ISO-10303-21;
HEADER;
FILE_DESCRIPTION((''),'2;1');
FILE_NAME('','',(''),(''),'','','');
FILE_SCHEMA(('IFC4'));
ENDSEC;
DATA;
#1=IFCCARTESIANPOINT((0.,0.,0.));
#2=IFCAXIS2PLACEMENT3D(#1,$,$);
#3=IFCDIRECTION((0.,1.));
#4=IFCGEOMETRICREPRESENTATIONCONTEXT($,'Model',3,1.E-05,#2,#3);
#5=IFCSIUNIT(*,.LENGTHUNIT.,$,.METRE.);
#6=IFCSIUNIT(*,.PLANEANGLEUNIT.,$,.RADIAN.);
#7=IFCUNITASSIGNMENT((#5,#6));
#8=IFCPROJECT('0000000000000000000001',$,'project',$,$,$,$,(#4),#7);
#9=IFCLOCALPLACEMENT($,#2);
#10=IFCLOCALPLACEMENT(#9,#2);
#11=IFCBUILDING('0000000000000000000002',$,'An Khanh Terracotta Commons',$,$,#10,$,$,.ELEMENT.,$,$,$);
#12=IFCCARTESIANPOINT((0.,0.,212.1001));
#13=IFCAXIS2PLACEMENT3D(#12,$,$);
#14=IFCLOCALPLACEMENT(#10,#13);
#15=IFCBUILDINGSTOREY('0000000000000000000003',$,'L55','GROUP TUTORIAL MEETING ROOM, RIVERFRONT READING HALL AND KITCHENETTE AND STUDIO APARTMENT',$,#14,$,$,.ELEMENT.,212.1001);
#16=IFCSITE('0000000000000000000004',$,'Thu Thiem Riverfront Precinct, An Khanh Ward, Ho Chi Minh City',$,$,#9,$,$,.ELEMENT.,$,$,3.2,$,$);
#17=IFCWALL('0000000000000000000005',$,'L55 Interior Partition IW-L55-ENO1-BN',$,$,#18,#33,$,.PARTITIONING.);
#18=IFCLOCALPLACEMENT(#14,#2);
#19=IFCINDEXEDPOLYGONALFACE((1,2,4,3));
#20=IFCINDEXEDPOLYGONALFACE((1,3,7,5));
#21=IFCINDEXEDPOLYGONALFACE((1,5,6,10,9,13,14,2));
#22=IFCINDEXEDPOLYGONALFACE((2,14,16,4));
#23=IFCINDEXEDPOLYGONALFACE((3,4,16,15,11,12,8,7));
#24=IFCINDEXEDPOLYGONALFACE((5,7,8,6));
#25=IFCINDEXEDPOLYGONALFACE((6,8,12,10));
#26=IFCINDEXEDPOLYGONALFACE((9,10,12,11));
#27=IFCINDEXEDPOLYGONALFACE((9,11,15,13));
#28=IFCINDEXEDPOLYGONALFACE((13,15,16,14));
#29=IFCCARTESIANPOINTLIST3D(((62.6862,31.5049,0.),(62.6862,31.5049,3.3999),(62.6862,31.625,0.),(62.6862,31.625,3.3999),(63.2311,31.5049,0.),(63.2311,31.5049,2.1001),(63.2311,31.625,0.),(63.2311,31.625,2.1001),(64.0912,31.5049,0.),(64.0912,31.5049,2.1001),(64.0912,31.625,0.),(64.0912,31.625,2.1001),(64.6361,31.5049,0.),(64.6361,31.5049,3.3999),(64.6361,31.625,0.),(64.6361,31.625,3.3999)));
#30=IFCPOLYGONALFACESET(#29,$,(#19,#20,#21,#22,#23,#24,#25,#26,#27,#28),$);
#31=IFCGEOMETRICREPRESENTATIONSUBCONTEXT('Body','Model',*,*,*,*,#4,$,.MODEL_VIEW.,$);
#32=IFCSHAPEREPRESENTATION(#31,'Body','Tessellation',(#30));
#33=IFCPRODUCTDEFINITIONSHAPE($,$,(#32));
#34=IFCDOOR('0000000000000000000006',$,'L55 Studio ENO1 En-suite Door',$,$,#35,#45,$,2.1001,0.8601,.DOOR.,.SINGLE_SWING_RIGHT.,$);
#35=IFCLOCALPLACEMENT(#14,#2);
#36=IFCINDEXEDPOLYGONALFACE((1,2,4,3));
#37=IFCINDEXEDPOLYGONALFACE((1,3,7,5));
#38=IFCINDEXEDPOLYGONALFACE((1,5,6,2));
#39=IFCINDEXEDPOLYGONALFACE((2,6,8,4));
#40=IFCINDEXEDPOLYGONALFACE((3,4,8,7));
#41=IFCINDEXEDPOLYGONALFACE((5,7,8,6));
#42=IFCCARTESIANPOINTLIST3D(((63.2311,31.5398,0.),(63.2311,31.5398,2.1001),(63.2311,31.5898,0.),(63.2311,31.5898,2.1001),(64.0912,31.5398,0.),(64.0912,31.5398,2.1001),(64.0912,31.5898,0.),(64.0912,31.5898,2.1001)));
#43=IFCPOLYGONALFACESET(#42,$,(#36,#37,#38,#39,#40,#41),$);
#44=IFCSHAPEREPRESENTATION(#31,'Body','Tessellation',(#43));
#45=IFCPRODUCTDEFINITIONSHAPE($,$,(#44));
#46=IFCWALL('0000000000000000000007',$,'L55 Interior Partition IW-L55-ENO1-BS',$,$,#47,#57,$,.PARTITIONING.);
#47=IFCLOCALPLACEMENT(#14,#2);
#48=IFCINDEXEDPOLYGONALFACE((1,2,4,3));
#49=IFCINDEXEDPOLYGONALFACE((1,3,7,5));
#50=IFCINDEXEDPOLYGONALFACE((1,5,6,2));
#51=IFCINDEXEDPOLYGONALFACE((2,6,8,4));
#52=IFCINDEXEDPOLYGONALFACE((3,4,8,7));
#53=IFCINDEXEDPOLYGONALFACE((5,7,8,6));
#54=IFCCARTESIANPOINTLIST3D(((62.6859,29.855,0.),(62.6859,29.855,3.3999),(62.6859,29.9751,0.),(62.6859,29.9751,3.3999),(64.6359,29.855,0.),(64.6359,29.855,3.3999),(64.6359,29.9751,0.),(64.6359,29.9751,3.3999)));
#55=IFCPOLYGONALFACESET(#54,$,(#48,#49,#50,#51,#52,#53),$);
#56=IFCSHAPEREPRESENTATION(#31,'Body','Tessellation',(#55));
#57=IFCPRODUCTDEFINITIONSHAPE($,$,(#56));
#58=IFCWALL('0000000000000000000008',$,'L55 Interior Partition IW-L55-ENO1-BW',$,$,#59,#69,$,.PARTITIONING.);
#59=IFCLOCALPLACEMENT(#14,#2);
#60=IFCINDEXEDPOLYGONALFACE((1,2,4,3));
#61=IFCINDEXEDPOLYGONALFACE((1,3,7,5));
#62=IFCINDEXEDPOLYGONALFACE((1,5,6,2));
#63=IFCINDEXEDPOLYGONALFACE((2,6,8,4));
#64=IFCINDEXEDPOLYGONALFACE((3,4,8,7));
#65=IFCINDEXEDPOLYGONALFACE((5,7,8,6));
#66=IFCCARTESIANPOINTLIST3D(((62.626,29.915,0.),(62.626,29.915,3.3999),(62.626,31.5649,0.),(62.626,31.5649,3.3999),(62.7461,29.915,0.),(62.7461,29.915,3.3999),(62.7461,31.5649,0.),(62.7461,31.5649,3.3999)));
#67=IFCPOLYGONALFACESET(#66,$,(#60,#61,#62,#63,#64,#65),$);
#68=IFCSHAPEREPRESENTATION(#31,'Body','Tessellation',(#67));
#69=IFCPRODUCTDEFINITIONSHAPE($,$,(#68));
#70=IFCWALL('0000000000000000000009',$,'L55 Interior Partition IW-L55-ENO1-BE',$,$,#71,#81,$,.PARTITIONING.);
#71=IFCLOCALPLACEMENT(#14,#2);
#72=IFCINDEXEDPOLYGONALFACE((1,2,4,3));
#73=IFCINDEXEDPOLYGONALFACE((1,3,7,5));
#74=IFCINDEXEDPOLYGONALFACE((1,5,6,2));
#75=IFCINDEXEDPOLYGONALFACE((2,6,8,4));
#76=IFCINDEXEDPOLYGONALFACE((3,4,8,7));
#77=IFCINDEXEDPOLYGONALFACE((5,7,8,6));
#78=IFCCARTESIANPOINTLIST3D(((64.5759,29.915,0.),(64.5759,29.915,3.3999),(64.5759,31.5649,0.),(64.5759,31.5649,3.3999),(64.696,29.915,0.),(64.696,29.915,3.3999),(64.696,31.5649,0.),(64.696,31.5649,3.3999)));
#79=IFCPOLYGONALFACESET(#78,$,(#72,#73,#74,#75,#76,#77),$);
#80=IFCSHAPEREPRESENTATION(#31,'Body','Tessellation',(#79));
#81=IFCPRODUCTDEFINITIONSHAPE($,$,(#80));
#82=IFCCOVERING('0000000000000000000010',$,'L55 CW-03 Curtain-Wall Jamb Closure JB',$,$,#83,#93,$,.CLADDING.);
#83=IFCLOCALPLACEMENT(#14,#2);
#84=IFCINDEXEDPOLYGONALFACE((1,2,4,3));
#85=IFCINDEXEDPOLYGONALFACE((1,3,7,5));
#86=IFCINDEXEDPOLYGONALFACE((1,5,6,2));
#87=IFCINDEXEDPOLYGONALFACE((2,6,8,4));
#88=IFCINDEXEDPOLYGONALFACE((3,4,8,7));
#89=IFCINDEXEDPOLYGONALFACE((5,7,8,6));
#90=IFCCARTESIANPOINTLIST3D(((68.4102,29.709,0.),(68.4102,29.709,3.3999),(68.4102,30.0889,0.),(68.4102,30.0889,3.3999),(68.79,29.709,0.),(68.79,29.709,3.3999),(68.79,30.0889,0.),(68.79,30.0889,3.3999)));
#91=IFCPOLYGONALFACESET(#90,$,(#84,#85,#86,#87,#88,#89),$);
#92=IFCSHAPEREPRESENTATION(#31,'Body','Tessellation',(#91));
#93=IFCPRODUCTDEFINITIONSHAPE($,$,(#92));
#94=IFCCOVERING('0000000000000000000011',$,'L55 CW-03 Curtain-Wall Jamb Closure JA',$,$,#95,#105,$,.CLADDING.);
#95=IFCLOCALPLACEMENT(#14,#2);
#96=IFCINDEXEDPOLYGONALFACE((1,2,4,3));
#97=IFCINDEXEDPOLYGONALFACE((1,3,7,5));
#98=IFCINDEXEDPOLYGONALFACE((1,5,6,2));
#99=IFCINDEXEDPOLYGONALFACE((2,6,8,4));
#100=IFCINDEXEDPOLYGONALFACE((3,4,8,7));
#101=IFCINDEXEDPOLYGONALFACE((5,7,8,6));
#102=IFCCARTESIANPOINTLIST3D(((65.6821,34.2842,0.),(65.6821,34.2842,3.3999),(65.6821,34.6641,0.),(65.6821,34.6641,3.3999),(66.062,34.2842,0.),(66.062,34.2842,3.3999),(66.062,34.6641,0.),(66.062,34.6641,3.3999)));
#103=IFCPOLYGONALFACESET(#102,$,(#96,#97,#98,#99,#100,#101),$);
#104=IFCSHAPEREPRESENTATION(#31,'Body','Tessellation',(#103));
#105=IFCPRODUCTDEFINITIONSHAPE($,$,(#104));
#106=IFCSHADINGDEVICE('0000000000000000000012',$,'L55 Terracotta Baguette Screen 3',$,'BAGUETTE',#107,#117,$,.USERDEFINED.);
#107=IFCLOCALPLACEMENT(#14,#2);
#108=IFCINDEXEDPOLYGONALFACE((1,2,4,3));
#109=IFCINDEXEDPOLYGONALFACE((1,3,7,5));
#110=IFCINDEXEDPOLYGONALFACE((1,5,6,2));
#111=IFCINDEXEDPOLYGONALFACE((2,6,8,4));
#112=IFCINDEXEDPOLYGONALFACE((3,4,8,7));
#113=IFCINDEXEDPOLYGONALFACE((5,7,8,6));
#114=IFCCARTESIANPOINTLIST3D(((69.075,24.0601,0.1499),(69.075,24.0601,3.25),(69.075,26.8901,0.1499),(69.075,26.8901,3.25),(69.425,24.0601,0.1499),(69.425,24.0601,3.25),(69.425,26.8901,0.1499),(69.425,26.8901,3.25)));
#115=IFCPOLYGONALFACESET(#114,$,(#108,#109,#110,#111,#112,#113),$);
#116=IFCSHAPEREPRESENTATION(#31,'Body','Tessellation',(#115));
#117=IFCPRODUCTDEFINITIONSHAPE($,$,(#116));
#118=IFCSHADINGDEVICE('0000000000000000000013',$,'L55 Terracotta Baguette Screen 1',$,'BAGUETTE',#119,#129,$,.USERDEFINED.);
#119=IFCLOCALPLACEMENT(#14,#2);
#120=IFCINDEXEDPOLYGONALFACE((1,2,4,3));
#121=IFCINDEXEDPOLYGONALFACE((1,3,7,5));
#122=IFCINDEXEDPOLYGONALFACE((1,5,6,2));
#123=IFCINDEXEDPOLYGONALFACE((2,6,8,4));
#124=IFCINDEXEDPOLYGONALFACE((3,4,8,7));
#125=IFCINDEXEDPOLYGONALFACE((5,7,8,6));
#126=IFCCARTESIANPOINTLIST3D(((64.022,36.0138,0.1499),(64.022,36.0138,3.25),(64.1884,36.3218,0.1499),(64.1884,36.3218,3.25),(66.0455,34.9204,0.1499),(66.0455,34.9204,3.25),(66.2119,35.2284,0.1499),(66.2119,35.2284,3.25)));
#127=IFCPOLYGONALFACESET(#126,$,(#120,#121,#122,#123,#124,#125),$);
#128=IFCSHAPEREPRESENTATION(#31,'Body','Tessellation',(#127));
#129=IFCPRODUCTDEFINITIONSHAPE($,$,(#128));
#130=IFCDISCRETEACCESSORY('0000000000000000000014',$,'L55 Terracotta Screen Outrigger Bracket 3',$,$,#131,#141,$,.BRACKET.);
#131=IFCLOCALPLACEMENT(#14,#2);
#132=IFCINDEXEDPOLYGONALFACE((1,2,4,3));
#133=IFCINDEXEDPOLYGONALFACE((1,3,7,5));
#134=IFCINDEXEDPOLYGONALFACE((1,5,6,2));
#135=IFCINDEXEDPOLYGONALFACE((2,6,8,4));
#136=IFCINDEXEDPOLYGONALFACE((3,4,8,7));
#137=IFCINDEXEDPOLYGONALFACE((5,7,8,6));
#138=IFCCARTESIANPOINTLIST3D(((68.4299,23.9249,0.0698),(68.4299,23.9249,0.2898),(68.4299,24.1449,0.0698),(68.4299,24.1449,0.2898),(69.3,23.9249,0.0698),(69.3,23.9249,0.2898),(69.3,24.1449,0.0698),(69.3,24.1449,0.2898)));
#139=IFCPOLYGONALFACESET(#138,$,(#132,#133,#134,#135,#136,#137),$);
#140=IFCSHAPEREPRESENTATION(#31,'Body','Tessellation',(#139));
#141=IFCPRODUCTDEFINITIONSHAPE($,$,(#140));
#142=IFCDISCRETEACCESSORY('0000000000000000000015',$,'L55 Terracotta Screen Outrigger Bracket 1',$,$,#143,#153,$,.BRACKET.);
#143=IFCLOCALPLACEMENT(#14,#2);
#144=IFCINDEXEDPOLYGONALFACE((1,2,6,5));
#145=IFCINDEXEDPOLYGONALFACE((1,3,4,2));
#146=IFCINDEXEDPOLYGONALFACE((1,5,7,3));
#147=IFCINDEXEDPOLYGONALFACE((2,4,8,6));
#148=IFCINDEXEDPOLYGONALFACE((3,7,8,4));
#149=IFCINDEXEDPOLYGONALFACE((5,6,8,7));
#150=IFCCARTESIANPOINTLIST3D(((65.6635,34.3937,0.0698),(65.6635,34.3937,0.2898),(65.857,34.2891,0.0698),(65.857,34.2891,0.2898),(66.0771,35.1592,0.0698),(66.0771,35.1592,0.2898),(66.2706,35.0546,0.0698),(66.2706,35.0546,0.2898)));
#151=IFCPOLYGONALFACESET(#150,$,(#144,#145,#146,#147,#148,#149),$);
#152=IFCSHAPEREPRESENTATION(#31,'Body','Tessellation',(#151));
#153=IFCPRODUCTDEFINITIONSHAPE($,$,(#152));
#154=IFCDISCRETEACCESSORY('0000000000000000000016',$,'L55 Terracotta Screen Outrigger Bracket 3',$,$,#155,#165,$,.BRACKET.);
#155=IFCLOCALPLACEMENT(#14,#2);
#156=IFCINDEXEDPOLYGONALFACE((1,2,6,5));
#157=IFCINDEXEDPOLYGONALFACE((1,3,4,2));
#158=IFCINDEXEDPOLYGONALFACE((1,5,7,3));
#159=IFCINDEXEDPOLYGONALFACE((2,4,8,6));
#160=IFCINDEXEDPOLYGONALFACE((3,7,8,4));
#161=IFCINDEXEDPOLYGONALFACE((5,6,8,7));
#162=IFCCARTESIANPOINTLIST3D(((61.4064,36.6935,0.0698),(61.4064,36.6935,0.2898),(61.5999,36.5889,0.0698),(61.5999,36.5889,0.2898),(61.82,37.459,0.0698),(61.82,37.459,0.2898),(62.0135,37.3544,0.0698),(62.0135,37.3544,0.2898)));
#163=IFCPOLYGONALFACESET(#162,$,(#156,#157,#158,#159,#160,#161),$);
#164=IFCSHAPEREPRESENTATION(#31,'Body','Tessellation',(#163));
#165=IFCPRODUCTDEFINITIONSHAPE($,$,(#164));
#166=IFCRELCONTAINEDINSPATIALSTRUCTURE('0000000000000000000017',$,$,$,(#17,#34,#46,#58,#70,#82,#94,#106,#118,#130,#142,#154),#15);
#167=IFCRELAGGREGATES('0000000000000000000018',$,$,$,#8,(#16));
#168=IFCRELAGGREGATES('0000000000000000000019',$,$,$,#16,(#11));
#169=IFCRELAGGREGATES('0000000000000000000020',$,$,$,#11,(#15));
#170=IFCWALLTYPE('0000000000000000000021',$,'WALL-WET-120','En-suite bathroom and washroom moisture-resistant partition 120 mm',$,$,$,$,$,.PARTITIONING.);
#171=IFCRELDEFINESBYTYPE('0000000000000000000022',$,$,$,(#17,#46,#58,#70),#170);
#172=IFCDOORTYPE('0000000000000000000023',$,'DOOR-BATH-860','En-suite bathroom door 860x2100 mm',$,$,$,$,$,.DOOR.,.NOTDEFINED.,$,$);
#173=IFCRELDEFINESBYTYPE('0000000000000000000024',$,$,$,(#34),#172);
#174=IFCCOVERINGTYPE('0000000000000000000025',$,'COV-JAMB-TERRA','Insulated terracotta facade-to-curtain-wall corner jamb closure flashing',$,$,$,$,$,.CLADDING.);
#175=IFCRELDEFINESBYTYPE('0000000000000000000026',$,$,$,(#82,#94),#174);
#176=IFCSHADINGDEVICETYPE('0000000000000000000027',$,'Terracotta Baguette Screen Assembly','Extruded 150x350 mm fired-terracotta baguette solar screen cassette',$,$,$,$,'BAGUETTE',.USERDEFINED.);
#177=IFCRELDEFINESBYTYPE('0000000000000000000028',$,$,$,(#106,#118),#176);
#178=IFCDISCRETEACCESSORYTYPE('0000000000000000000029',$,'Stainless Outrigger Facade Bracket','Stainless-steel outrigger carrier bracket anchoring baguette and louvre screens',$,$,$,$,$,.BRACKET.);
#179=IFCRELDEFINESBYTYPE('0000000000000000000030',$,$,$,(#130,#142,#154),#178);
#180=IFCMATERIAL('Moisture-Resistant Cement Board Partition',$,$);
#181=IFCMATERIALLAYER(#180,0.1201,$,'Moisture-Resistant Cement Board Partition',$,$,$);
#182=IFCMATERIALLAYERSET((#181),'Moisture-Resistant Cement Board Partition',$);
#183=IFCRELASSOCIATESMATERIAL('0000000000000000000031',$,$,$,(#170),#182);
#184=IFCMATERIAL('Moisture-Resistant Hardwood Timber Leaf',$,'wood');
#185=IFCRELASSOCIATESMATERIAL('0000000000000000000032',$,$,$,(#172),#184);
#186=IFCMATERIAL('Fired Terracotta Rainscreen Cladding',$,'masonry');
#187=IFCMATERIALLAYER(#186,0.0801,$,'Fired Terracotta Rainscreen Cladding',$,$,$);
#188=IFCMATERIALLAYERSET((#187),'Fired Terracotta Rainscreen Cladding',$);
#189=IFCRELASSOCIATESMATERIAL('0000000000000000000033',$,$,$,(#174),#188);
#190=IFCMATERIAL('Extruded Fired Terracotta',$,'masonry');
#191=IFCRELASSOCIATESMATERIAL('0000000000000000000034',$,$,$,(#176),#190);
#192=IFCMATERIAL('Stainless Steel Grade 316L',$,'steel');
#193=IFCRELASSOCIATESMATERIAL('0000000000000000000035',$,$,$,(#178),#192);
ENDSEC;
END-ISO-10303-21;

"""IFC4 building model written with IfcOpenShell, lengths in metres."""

from ifc_helpers import new_model, si_unit, direction, frame, frame_2d, origin, origin_2d, place, context, subcontext, project, spatial, rectangle, extrude, material, layer, layer_set, type_object, element, fill, save


model = new_model("IFC4")

# Units and contexts
model_context = context("Model", 3, precision=1e-05, world=origin(), true_north=direction((0.0, 1.0)))
body_context = subcontext(model_context, "Body", "Model", "MODEL_VIEW")
ifc_project = project(units=[si_unit("LENGTHUNIT", "METRE"), si_unit("PLANEANGLEUNIT", "RADIAN")], contexts=[model_context])

# Site, building, storey
site_placement = place(None, origin())
site = spatial("IfcSite", under=ifc_project, at=site_placement, Name="Thu Thiem Riverfront Precinct, An Khanh Ward, Ho Chi Minh City", CompositionType="ELEMENT", RefElevation=3.2)
building_placement = place(site_placement, origin())
building = spatial("IfcBuilding", under=site, at=building_placement, Name="An Khanh Terracotta Commons", CompositionType="ELEMENT")
storey_placement = place(building_placement, frame((0.0, 0.0, 212.1001)))
storey = spatial("IfcBuildingStorey", under=building, at=storey_placement, Name="L55", Description="GROUP TUTORIAL MEETING ROOM, RIVERFRONT READING HALL AND KITCHENETTE AND STUDIO APARTMENT", CompositionType="ELEMENT", Elevation=212.1001)

# Wall, opening, door
ifc_material_1 = material(Name="Moisture-Resistant Cement Board Partition")
ifc_layer_1 = layer(ifc_material_1, 0.1201, Name="Moisture-Resistant Cement Board Partition")
ifc_layer_set_1 = layer_set([ifc_layer_1], Name="Moisture-Resistant Cement Board Partition")
wall_type_1 = type_object("IfcWallType", Name="WALL-WET-120", Description="En-suite bathroom and washroom moisture-resistant partition 120 mm", PredefinedType="PARTITIONING", material=ifc_layer_set_1)
wall_1_placement = place(storey_placement, frame((62.686, 31.5649, 0.0), z_axis=(0.0, 0.0, 1.0), x_axis=(1.0, 0.0, 0.0)))
wall_1 = element("IfcWall", 1, at=wall_1_placement, inside=storey, type_object=wall_type_1, Name="L55 Interior Partition IW-L55-ENO1-BN", PredefinedType="PARTITIONING", context=body_context, shape_type="SweptSolid", body=[
    extrude(rectangle(XDim=1.95, YDim=0.1201, at=frame_2d((0.9751, 0.0))), origin(), (0.0, 0.0, 1.0), 3.3999),
])
opening_placement = place(wall_1_placement, frame((0.5449, 0.0, 0.0)))
opening = element("IfcOpeningElement", 2, at=opening_placement, cuts=wall_1, PredefinedType="OPENING", context=body_context, shape_type="SweptSolid", body=[
    extrude(rectangle(XDim=0.8601, YDim=2.1001, at=frame_2d((0.4302, 1.05))), frame((0.0, 0.0701, 0.0), z_axis=(0.0, -1.0, 0.0), x_axis=(1.0, 0.0, 0.0)), (0.0, 0.0, 1.0), 0.1401),
])
ifc_material_2 = material(Name="Moisture-Resistant Hardwood Timber Leaf", Category="wood")
door_type = type_object("IfcDoorType", Name="DOOR-BATH-860", Description="En-suite bathroom door 860x2100 mm", OperationType="NOTDEFINED", PredefinedType="DOOR", material=ifc_material_2)
door_placement = place(opening_placement, origin())
door = element("IfcDoor", 3, at=door_placement, inside=storey, type_object=door_type, Name="L55 Studio ENO1 En-suite Door", OperationType="SINGLE_SWING_RIGHT", OverallHeight=2.1001, OverallWidth=0.8601, PredefinedType="DOOR", context=body_context, shape_type="SweptSolid", body=[
    extrude(rectangle(XDim=0.8601, YDim=2.1001, at=frame_2d((0.4302, 1.05))), frame((0.0, 0.0249, 0.0), z_axis=(0.0, -1.0, 0.0), x_axis=(1.0, 0.0, 0.0)), (0.0, 0.0, 1.0), 0.05),
])
fill(opening, door)

# Walls
wall_2_placement = place(storey_placement, frame((64.636, 29.915, 0.0), z_axis=(0.0, 0.0, 1.0), x_axis=(-1.0, 0.0, 0.0)))
element("IfcWall", 4, at=wall_2_placement, inside=storey, type_object=wall_type_1, Name="L55 Interior Partition IW-L55-ENO1-BS", PredefinedType="PARTITIONING", context=body_context, shape_type="SweptSolid", body=[
    extrude(rectangle(XDim=1.95, YDim=0.1201, at=frame_2d((0.9751, 0.0))), origin(), (0.0, 0.0, 1.0), 3.3999),
])
for number, where, z_axis, x_axis, name in (
    (5, (62.686, 31.5649, 0.0), (0.0, 0.0, 1.0), (0.0, -1.0, 0.0), "L55 Interior Partition IW-L55-ENO1-BW"),
    (6, (64.636, 29.915, 0.0), (0.0, 0.0, 1.0), (0.0, 1.0, 0.0), "L55 Interior Partition IW-L55-ENO1-BE"),
):
    element("IfcWall", number, at=place(storey_placement, frame(where, z_axis=z_axis, x_axis=x_axis)), inside=storey, type_object=wall_type_1, Name=name, PredefinedType="PARTITIONING", context=body_context, shape_type="SweptSolid", body=[
        extrude(rectangle(XDim=1.6499, YDim=0.1201, at=frame_2d((0.825, 0.0))), origin(), (0.0, 0.0, 1.0), 3.3999),
    ])

# Coverings
ifc_material_3 = material(Name="Fired Terracotta Rainscreen Cladding", Category="masonry")
ifc_layer_2 = layer(ifc_material_3, 0.0801, Name="Fired Terracotta Rainscreen Cladding")
ifc_layer_set_2 = layer_set([ifc_layer_2], Name="Fired Terracotta Rainscreen Cladding")
covering_type = type_object("IfcCoveringType", Name="COV-JAMB-TERRA", Description="Insulated terracotta facade-to-curtain-wall corner jamb closure flashing", PredefinedType="CLADDING", material=ifc_layer_set_2)
for number, where, z_axis, x_axis, name in (
    (7, (68.6001, 29.8989, 0.0), (0.0, 0.0, 1.0), (1.0, 0.0, 0.0), "L55 CW-03 Curtain-Wall Jamb Closure JB"),
    (8, (65.8721, 34.4741, 0.0), (0.0, 0.0, 1.0), (1.0, 0.0, 0.0), "L55 CW-03 Curtain-Wall Jamb Closure JA"),
):
    element("IfcCovering", number, at=place(storey_placement, frame(where, z_axis=z_axis, x_axis=x_axis)), inside=storey, type_object=covering_type, Name=name, PredefinedType="CLADDING", context=body_context, shape_type="SweptSolid", body=[
        extrude(rectangle(XDim=0.3799, YDim=0.3799, at=origin_2d()), origin(), (0.0, 0.0, 1.0), 3.3999),
    ])

# Shading devices
ifc_material_4 = material(Name="Extruded Fired Terracotta", Category="masonry")
shading_device_type = type_object("IfcShadingDeviceType", Name="Terracotta Baguette Screen Assembly", Description="Extruded 150x350 mm fired-terracotta baguette solar screen cassette", ElementType="BAGUETTE", PredefinedType="USERDEFINED", material=ifc_material_4)
shading_device_1_placement = place(storey_placement, frame((69.25, 25.4751, 0.1499), z_axis=(0.0, 0.0, 1.0), x_axis=(0.0, 1.0, 0.0)))
element("IfcShadingDevice", 9, at=shading_device_1_placement, inside=storey, type_object=shading_device_type, Name="L55 Terracotta Baguette Screen 3", ObjectType="BAGUETTE", PredefinedType="USERDEFINED", context=body_context, shape_type="SweptSolid", body=[
    extrude(rectangle(XDim=2.8301, YDim=0.3501, at=origin_2d()), origin(), (0.0, 0.0, 1.0), 3.1001),
])
shading_device_2_placement = place(storey_placement, frame((65.1169, 35.6211, 0.1499), z_axis=(0.0, 0.0, 1.0), x_axis=(-0.87978, 0.475381, 0.0)))
element("IfcShadingDevice", 10, at=shading_device_2_placement, inside=storey, type_object=shading_device_type, Name="L55 Terracotta Baguette Screen 1", ObjectType="BAGUETTE", PredefinedType="USERDEFINED", context=body_context, shape_type="SweptSolid", body=[
    extrude(rectangle(XDim=2.3, YDim=0.3501, at=origin_2d()), origin(), (0.0, 0.0, 1.0), 3.1001),
])

# Discrete accessories
ifc_material_5 = material(Name="Stainless Steel Grade 316L", Category="steel")
discrete_accessory_type = type_object("IfcDiscreteAccessoryType", Name="Stainless Outrigger Facade Bracket", Description="Stainless-steel outrigger carrier bracket anchoring baguette and louvre screens", PredefinedType="BRACKET", material=ifc_material_5)
for number, where, z_axis, x_axis, name in (
    (11, (68.865, 24.0349, 0.0698), (0.0, 0.0, 1.0), (0.0, 1.0, 0.0), "L55 Terracotta Screen Outrigger Bracket 3"),
    (12, (65.967, 34.7241, 0.0698), (0.0, 0.0, 1.0), (-0.87978, 0.475381, 0.0), "L55 Terracotta Screen Outrigger Bracket 1"),
    (13, (61.71, 37.0239, 0.0698), (0.0, 0.0, 1.0), (-0.87978, 0.475381, 0.0), "L55 Terracotta Screen Outrigger Bracket 3"),
):
    element("IfcDiscreteAccessory", number, at=place(storey_placement, frame(where, z_axis=z_axis, x_axis=x_axis)), inside=storey, type_object=discrete_accessory_type, Name=name, PredefinedType="BRACKET", context=body_context, shape_type="SweptSolid", body=[
        extrude(rectangle(XDim=0.22, YDim=0.8701, at=origin_2d()), origin(), (0.0, 0.0, 1.0), 0.22),
    ])

save(model, "model.ifc")
